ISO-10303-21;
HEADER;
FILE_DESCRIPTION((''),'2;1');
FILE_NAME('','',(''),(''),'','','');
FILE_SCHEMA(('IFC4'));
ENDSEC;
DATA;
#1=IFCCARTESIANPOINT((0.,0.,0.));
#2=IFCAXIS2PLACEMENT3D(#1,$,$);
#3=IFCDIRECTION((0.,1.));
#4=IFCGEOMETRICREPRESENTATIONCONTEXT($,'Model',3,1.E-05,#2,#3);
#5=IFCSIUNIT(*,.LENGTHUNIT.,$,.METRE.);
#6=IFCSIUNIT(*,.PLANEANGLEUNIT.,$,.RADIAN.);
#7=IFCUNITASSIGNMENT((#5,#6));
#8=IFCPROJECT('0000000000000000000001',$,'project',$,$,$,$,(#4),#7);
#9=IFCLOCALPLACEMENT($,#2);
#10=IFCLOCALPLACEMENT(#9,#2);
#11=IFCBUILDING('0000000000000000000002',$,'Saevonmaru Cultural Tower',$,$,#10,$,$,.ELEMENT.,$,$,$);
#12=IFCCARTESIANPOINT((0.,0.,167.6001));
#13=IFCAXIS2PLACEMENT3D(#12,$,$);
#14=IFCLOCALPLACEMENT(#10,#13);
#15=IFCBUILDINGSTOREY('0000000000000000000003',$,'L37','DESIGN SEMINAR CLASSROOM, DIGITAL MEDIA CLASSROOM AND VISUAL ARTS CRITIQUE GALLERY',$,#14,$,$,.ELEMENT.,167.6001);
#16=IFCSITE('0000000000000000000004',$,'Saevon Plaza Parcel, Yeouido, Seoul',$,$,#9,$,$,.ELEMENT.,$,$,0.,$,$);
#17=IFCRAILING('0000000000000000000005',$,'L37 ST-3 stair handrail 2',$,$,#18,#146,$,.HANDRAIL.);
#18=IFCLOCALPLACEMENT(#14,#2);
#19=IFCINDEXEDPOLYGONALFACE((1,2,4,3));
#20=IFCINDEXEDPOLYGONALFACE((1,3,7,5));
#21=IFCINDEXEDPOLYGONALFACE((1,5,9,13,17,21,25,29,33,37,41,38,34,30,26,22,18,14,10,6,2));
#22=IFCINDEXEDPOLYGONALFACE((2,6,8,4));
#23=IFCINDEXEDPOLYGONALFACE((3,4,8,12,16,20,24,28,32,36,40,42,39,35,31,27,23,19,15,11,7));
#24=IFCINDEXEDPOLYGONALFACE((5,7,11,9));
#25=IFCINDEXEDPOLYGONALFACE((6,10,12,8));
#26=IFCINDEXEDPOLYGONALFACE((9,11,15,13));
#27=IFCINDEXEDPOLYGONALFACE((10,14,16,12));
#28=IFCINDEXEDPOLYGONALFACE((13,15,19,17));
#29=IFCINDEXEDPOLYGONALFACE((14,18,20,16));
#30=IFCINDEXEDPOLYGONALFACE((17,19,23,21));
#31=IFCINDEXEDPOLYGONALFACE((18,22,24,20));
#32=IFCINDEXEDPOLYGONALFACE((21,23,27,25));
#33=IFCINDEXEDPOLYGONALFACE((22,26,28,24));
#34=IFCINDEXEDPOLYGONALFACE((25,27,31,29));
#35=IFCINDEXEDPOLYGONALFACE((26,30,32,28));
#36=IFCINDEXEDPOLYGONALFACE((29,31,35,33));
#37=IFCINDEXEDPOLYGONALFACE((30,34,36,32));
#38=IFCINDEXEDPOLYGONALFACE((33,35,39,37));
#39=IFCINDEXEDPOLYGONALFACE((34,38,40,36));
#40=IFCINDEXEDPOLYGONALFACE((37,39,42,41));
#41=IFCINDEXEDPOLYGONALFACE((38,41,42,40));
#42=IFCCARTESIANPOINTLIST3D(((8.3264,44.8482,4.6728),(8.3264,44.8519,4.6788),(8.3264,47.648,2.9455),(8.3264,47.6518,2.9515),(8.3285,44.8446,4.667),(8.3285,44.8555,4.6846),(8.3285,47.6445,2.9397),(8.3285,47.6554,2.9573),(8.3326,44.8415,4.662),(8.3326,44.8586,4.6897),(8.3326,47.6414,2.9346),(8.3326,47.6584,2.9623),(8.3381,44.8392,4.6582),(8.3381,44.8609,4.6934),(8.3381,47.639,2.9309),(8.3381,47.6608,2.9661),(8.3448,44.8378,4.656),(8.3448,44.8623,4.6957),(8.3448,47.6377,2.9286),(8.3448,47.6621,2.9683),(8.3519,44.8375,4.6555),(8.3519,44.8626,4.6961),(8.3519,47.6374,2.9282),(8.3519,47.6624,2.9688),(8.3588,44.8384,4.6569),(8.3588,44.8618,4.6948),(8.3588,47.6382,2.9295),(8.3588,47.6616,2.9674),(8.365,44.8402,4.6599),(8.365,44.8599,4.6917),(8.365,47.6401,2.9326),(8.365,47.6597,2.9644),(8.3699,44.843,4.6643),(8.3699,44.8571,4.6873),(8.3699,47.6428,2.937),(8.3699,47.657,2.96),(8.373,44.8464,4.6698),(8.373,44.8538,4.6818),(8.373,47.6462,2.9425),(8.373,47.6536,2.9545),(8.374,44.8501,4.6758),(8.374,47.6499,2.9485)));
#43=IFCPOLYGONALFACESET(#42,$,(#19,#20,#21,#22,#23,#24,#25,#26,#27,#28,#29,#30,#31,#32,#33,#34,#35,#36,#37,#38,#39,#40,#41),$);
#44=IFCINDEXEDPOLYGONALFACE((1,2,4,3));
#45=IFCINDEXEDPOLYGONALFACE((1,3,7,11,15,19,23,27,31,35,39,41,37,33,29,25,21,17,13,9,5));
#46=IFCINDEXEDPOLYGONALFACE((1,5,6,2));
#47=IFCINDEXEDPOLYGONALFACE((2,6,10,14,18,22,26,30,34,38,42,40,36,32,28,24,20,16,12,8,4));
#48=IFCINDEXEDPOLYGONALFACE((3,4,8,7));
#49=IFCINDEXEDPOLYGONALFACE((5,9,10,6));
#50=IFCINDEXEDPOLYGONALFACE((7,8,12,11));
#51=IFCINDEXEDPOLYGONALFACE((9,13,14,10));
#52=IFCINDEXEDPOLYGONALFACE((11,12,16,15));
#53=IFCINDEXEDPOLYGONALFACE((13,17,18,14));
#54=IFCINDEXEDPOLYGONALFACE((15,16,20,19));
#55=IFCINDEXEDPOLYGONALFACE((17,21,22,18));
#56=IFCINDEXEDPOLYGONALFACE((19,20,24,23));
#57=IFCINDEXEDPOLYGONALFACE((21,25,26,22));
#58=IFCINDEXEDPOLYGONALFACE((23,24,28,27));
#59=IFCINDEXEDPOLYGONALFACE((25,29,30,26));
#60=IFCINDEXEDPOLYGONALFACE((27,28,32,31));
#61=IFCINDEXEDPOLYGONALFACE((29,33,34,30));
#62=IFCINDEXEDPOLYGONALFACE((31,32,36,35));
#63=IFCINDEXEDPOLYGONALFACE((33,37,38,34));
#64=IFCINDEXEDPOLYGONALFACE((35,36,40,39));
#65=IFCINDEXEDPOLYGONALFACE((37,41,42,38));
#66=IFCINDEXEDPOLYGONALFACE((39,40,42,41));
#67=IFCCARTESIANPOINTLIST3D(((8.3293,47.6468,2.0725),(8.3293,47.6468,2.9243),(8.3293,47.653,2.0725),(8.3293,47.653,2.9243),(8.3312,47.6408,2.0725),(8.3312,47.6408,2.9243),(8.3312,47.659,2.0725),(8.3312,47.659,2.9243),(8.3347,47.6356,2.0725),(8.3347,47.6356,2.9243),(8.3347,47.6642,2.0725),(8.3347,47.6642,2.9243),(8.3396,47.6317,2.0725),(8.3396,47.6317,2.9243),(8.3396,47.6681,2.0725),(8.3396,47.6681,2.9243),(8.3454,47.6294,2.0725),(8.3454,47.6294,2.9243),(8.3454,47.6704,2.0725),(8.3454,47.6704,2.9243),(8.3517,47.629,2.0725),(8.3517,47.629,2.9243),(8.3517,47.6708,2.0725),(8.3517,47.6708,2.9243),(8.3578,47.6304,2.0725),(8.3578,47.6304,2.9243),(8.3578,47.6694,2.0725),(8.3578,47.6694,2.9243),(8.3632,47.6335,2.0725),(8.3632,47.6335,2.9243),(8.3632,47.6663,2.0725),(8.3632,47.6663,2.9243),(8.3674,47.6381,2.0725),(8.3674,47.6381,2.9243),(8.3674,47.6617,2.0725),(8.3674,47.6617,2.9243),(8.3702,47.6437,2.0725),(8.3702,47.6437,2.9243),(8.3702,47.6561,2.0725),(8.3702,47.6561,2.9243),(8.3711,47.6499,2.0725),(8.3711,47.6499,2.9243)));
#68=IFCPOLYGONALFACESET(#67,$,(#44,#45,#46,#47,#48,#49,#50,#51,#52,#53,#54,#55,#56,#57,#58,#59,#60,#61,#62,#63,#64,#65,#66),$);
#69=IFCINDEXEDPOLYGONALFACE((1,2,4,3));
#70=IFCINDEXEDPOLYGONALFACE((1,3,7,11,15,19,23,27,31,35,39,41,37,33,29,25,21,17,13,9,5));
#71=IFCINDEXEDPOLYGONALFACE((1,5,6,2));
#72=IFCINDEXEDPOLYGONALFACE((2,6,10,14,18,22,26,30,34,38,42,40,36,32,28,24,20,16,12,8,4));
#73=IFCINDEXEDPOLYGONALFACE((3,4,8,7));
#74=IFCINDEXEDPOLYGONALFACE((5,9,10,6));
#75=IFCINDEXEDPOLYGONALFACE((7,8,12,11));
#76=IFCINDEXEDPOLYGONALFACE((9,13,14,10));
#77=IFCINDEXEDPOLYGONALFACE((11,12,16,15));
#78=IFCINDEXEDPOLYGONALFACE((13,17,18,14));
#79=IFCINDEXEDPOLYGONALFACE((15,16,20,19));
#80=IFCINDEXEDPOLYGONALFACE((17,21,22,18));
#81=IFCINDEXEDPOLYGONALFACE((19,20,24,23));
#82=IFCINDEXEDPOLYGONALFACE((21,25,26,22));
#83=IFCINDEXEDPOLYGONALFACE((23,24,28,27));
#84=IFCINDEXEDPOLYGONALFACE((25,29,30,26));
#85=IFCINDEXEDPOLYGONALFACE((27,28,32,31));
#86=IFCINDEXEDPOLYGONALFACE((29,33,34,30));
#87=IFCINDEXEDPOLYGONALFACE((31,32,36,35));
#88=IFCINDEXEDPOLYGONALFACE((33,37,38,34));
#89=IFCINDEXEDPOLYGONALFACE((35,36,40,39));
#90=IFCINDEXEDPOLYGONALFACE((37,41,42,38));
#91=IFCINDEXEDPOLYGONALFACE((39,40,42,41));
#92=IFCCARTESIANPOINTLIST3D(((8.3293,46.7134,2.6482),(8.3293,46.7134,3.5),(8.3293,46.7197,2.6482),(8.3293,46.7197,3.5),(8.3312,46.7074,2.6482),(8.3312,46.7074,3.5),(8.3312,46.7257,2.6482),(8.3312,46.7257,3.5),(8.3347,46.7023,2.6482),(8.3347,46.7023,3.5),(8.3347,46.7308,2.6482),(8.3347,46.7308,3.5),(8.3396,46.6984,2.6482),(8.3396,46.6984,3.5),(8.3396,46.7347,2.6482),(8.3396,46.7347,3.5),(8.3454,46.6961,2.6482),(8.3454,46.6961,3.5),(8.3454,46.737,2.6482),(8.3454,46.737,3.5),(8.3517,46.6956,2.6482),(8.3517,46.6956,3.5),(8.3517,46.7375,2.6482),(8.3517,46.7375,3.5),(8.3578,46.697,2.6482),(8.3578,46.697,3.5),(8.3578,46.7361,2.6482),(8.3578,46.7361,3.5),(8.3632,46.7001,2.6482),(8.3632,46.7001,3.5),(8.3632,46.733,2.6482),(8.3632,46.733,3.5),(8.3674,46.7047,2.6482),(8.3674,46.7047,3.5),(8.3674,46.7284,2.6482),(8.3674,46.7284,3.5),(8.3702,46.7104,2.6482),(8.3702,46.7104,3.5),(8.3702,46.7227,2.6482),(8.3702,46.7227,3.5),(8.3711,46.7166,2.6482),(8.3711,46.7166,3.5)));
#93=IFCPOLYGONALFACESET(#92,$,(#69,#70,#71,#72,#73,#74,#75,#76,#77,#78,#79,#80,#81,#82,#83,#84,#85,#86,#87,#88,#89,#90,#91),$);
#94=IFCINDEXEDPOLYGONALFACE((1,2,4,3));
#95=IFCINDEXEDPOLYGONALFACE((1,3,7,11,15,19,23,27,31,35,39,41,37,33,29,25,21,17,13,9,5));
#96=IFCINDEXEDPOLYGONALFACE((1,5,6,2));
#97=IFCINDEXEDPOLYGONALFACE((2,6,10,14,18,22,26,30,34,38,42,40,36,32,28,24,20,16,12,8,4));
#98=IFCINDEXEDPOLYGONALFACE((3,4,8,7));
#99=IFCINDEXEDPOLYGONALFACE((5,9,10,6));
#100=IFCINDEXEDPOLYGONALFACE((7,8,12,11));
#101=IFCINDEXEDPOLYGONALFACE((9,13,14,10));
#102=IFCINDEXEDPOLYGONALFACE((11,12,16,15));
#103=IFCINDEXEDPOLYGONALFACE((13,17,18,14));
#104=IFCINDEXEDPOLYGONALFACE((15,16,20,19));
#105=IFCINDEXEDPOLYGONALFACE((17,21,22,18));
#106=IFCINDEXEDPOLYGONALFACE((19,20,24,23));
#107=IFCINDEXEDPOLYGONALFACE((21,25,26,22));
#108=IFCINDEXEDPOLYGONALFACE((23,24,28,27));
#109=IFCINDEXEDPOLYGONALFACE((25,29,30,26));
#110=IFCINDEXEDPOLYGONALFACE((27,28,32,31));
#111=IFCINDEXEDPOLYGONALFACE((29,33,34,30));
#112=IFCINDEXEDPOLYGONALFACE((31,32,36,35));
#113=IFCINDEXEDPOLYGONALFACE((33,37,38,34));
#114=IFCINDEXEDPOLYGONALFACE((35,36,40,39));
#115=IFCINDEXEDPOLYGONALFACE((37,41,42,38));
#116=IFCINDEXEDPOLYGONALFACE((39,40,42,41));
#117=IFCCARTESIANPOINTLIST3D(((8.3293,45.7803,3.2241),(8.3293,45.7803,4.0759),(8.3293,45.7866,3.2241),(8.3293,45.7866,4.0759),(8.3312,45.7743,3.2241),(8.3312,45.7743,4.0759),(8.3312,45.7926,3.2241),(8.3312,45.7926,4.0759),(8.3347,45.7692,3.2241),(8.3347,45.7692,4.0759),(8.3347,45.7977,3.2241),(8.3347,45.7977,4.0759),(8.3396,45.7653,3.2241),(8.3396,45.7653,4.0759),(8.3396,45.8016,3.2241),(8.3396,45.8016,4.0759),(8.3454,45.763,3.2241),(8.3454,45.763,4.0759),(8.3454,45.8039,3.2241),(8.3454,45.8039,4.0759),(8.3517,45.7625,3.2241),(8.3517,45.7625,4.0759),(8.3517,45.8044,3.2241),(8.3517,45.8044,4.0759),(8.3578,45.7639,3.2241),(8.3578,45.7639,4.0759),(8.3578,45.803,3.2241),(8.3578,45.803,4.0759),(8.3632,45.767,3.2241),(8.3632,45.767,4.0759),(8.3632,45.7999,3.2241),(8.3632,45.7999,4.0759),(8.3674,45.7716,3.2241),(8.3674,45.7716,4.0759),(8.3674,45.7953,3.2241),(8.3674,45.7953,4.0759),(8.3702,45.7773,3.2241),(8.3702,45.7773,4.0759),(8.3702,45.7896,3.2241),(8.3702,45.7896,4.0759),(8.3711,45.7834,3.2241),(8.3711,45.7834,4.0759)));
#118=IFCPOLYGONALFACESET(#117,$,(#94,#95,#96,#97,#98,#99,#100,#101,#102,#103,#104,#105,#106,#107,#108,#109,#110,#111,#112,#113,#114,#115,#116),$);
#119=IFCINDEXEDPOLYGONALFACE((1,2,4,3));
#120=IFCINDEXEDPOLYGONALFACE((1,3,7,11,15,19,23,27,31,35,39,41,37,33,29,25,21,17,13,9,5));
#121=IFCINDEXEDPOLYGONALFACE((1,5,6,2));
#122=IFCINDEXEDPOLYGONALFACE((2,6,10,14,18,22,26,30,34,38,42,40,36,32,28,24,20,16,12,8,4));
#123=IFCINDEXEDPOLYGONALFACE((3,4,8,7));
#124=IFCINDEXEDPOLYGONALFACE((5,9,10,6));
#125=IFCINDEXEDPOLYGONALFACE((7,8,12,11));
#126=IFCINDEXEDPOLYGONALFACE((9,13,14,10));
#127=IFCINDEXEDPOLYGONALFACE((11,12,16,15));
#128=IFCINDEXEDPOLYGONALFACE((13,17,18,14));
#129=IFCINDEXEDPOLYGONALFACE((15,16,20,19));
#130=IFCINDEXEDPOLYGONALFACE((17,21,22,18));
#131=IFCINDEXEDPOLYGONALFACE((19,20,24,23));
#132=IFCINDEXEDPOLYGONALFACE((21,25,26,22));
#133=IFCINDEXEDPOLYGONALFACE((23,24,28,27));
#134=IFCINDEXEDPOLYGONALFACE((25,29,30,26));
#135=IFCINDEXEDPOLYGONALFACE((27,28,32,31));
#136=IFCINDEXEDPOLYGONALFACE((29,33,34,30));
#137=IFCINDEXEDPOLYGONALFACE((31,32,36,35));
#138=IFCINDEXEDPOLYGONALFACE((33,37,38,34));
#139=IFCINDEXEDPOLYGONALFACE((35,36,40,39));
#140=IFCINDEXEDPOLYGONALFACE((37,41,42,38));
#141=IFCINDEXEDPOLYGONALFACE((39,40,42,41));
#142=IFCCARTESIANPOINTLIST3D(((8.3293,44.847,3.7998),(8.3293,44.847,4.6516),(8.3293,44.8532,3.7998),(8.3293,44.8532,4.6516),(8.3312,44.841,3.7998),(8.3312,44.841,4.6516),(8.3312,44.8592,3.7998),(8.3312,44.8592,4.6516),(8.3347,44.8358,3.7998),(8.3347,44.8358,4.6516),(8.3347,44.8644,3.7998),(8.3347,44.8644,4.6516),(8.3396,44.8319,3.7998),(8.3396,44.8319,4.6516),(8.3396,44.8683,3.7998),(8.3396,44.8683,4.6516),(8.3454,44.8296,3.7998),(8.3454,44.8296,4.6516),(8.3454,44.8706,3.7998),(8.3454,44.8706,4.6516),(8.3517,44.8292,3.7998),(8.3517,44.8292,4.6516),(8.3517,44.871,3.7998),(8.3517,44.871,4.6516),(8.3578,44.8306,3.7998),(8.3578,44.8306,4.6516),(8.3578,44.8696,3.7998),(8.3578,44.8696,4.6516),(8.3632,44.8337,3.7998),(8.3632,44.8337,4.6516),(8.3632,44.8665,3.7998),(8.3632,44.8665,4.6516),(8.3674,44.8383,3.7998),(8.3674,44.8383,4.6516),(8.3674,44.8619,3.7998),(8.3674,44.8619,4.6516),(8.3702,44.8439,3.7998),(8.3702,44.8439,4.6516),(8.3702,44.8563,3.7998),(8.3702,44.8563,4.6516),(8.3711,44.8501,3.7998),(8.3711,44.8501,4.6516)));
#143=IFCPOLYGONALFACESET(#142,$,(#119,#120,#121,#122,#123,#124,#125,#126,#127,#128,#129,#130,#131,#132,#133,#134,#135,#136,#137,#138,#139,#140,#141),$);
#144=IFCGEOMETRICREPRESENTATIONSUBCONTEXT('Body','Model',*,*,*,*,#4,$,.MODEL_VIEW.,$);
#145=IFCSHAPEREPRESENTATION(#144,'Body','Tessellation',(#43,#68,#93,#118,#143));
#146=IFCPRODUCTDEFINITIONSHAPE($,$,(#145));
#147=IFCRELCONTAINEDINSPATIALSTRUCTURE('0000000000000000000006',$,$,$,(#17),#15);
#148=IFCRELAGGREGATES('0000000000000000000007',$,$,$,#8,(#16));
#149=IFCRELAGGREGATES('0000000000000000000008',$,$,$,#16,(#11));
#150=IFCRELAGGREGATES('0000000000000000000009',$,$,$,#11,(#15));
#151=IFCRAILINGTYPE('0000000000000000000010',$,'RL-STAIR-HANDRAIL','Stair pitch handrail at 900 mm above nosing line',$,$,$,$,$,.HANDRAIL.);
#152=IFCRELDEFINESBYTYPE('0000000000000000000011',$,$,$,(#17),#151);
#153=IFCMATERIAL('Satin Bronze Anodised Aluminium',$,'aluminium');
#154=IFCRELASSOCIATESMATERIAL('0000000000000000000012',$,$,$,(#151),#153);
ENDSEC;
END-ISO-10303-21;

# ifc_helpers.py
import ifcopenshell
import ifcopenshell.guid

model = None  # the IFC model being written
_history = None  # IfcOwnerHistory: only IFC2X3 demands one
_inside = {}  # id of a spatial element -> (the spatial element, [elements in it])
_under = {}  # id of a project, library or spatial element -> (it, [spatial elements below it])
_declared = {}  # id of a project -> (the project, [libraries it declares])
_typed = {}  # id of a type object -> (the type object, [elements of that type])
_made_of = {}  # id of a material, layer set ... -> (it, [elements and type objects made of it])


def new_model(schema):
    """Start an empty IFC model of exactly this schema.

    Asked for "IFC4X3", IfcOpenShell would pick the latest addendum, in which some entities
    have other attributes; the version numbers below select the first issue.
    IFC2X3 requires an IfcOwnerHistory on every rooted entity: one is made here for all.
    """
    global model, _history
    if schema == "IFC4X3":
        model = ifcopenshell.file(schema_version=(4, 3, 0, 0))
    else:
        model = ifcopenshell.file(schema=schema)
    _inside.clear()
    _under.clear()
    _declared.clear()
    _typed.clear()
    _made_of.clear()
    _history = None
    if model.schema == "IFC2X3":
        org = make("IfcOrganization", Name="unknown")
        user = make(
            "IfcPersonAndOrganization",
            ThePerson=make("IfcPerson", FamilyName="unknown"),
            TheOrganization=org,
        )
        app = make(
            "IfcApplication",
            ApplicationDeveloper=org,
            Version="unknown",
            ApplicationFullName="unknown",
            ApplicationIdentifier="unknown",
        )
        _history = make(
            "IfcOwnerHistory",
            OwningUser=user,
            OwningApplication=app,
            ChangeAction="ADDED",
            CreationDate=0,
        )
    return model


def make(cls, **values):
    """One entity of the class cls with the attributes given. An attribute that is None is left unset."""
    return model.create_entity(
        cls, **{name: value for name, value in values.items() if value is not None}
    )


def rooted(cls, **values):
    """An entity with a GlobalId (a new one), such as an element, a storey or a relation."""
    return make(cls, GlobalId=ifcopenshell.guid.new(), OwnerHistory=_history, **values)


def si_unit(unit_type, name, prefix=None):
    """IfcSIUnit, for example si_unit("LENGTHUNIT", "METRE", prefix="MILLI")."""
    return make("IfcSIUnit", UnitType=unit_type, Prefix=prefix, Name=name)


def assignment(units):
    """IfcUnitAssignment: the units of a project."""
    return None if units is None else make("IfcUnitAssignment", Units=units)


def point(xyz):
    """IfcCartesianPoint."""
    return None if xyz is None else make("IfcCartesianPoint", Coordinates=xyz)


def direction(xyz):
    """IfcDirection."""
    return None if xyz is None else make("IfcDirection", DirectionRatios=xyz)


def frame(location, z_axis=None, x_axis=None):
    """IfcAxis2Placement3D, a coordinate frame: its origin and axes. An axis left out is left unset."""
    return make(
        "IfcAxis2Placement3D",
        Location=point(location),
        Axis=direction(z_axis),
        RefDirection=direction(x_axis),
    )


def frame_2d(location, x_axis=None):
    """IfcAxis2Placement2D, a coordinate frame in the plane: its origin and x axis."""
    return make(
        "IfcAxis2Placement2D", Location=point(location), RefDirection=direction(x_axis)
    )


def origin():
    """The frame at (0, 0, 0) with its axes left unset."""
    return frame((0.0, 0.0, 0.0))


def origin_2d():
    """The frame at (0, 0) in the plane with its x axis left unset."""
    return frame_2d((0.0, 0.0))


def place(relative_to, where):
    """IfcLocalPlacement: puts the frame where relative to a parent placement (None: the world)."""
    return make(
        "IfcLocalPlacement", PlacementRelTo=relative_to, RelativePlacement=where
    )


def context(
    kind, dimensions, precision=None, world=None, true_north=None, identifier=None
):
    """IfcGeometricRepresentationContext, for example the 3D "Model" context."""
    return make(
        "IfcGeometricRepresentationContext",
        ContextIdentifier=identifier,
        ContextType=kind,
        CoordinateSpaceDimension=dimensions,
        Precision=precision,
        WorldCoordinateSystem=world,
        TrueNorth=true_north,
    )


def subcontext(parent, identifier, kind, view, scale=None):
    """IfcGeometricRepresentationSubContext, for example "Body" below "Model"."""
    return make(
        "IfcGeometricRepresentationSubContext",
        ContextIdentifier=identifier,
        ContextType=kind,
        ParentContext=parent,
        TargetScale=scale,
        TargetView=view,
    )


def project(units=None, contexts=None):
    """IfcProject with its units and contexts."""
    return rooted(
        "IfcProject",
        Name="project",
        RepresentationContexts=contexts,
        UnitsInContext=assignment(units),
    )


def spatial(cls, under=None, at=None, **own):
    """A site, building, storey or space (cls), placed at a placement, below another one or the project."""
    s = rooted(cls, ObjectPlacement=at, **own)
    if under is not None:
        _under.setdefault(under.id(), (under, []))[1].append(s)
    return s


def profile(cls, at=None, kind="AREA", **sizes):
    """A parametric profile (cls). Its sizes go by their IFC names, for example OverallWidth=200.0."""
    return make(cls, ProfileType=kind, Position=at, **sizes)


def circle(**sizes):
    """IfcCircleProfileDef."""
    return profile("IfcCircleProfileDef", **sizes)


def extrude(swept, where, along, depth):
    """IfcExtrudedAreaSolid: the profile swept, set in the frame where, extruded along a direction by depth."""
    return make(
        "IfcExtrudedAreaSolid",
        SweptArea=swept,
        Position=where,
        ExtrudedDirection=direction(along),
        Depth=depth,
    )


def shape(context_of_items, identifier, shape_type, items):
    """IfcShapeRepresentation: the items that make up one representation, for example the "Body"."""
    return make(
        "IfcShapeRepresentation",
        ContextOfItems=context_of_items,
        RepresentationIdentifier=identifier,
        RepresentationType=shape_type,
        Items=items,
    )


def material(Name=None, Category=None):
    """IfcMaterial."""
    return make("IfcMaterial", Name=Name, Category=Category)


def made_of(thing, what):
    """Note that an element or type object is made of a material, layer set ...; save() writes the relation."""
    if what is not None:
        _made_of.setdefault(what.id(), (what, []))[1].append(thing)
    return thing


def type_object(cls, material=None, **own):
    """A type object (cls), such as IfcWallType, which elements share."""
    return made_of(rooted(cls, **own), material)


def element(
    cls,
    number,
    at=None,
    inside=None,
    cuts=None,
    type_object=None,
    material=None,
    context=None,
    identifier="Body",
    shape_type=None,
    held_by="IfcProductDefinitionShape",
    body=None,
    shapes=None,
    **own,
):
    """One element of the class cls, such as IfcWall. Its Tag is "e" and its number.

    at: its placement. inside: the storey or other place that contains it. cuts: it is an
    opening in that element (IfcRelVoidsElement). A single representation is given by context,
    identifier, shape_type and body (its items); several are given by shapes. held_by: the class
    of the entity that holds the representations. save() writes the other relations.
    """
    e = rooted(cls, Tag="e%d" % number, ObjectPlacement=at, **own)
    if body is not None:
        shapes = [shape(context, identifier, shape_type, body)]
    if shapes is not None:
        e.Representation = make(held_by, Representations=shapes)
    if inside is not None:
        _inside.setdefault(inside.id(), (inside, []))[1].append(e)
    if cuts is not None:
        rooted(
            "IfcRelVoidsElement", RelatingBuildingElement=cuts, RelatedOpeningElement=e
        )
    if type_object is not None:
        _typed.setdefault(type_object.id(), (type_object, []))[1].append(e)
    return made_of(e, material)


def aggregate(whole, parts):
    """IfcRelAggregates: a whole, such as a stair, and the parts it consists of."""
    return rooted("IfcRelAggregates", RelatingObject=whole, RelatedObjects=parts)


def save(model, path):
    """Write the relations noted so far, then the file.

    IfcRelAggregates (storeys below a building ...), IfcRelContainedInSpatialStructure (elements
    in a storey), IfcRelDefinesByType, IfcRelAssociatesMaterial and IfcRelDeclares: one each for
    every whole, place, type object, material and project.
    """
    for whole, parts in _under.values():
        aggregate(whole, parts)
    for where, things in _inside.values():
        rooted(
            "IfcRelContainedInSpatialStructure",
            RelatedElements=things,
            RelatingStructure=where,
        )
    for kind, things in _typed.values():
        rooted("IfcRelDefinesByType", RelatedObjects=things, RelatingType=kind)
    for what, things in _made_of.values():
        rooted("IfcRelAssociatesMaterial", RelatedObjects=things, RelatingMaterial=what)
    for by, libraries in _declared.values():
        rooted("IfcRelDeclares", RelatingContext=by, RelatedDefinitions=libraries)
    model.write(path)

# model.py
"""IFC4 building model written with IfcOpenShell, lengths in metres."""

from ifc_helpers import new_model, si_unit, direction, frame, origin, origin_2d, place, context, subcontext, project, spatial, circle, extrude, material, type_object, element, save


model = new_model("IFC4")

# Units and contexts
model_context = context("Model", 3, precision=1e-05, world=origin(), true_north=direction((0.0, 1.0)))
body_context = subcontext(model_context, "Body", "Model", "MODEL_VIEW")
ifc_project = project(units=[si_unit("LENGTHUNIT", "METRE"), si_unit("PLANEANGLEUNIT", "RADIAN")], contexts=[model_context])

# Site, building, storey
site_placement = place(None, origin())
site = spatial("IfcSite", under=ifc_project, at=site_placement, Name="Saevon Plaza Parcel, Yeouido, Seoul", CompositionType="ELEMENT", RefElevation=0.0)
building_placement = place(site_placement, origin())
building = spatial("IfcBuilding", under=site, at=building_placement, Name="Saevonmaru Cultural Tower", CompositionType="ELEMENT")
storey_placement = place(building_placement, frame((0.0, 0.0, 167.6001)))
storey = spatial("IfcBuildingStorey", under=building, at=storey_placement, Name="L37", Description="DESIGN SEMINAR CLASSROOM, DIGITAL MEDIA CLASSROOM AND VISUAL ARTS CRITIQUE GALLERY", CompositionType="ELEMENT", Elevation=167.6001)

# Shared definitions
ifc_material_1 = material(Name="Satin Bronze Anodised Aluminium", Category="aluminium")

# Railing
railing_type_1 = type_object("IfcRailingType", Name="RL-STAIR-HANDRAIL", Description="Stair pitch handrail at 900 mm above nosing line", PredefinedType="HANDRAIL", material=ifc_material_1)
railing_1_placement = place(storey_placement, frame((8.3501, 47.6499, 2.0725)))
element("IfcRailing", 1, at=railing_1_placement, inside=storey, type_object=railing_type_1, Name="L37 ST-3 stair handrail 2", PredefinedType="HANDRAIL", context=body_context, shape_type="SweptSolid", body=[
    extrude(circle(Radius=0.0239, at=origin_2d()), frame((0.0, 0.0, 0.876), z_axis=(0.0, -0.851069, 0.525054), x_axis=(1.0, 0.0, 0.0)), (0.0, 0.0, 1.0), 3.2898),
    extrude(circle(Radius=0.021, at=origin_2d()), origin(), (0.0, 0.0, 1.0), 0.8518),
    extrude(circle(Radius=0.021, at=origin_2d()), frame((0.0, -0.9333, 0.5757)), (0.0, 0.0, 1.0), 0.8518),
    extrude(circle(Radius=0.021, at=origin_2d()), frame((0.0, -1.8665, 1.1516)), (0.0, 0.0, 1.0), 0.8518),
    extrude(circle(Radius=0.021, at=origin_2d()), frame((0.0, -2.7998, 1.7273)), (0.0, 0.0, 1.0), 0.8518),
])

save(model, "model.ifc")
